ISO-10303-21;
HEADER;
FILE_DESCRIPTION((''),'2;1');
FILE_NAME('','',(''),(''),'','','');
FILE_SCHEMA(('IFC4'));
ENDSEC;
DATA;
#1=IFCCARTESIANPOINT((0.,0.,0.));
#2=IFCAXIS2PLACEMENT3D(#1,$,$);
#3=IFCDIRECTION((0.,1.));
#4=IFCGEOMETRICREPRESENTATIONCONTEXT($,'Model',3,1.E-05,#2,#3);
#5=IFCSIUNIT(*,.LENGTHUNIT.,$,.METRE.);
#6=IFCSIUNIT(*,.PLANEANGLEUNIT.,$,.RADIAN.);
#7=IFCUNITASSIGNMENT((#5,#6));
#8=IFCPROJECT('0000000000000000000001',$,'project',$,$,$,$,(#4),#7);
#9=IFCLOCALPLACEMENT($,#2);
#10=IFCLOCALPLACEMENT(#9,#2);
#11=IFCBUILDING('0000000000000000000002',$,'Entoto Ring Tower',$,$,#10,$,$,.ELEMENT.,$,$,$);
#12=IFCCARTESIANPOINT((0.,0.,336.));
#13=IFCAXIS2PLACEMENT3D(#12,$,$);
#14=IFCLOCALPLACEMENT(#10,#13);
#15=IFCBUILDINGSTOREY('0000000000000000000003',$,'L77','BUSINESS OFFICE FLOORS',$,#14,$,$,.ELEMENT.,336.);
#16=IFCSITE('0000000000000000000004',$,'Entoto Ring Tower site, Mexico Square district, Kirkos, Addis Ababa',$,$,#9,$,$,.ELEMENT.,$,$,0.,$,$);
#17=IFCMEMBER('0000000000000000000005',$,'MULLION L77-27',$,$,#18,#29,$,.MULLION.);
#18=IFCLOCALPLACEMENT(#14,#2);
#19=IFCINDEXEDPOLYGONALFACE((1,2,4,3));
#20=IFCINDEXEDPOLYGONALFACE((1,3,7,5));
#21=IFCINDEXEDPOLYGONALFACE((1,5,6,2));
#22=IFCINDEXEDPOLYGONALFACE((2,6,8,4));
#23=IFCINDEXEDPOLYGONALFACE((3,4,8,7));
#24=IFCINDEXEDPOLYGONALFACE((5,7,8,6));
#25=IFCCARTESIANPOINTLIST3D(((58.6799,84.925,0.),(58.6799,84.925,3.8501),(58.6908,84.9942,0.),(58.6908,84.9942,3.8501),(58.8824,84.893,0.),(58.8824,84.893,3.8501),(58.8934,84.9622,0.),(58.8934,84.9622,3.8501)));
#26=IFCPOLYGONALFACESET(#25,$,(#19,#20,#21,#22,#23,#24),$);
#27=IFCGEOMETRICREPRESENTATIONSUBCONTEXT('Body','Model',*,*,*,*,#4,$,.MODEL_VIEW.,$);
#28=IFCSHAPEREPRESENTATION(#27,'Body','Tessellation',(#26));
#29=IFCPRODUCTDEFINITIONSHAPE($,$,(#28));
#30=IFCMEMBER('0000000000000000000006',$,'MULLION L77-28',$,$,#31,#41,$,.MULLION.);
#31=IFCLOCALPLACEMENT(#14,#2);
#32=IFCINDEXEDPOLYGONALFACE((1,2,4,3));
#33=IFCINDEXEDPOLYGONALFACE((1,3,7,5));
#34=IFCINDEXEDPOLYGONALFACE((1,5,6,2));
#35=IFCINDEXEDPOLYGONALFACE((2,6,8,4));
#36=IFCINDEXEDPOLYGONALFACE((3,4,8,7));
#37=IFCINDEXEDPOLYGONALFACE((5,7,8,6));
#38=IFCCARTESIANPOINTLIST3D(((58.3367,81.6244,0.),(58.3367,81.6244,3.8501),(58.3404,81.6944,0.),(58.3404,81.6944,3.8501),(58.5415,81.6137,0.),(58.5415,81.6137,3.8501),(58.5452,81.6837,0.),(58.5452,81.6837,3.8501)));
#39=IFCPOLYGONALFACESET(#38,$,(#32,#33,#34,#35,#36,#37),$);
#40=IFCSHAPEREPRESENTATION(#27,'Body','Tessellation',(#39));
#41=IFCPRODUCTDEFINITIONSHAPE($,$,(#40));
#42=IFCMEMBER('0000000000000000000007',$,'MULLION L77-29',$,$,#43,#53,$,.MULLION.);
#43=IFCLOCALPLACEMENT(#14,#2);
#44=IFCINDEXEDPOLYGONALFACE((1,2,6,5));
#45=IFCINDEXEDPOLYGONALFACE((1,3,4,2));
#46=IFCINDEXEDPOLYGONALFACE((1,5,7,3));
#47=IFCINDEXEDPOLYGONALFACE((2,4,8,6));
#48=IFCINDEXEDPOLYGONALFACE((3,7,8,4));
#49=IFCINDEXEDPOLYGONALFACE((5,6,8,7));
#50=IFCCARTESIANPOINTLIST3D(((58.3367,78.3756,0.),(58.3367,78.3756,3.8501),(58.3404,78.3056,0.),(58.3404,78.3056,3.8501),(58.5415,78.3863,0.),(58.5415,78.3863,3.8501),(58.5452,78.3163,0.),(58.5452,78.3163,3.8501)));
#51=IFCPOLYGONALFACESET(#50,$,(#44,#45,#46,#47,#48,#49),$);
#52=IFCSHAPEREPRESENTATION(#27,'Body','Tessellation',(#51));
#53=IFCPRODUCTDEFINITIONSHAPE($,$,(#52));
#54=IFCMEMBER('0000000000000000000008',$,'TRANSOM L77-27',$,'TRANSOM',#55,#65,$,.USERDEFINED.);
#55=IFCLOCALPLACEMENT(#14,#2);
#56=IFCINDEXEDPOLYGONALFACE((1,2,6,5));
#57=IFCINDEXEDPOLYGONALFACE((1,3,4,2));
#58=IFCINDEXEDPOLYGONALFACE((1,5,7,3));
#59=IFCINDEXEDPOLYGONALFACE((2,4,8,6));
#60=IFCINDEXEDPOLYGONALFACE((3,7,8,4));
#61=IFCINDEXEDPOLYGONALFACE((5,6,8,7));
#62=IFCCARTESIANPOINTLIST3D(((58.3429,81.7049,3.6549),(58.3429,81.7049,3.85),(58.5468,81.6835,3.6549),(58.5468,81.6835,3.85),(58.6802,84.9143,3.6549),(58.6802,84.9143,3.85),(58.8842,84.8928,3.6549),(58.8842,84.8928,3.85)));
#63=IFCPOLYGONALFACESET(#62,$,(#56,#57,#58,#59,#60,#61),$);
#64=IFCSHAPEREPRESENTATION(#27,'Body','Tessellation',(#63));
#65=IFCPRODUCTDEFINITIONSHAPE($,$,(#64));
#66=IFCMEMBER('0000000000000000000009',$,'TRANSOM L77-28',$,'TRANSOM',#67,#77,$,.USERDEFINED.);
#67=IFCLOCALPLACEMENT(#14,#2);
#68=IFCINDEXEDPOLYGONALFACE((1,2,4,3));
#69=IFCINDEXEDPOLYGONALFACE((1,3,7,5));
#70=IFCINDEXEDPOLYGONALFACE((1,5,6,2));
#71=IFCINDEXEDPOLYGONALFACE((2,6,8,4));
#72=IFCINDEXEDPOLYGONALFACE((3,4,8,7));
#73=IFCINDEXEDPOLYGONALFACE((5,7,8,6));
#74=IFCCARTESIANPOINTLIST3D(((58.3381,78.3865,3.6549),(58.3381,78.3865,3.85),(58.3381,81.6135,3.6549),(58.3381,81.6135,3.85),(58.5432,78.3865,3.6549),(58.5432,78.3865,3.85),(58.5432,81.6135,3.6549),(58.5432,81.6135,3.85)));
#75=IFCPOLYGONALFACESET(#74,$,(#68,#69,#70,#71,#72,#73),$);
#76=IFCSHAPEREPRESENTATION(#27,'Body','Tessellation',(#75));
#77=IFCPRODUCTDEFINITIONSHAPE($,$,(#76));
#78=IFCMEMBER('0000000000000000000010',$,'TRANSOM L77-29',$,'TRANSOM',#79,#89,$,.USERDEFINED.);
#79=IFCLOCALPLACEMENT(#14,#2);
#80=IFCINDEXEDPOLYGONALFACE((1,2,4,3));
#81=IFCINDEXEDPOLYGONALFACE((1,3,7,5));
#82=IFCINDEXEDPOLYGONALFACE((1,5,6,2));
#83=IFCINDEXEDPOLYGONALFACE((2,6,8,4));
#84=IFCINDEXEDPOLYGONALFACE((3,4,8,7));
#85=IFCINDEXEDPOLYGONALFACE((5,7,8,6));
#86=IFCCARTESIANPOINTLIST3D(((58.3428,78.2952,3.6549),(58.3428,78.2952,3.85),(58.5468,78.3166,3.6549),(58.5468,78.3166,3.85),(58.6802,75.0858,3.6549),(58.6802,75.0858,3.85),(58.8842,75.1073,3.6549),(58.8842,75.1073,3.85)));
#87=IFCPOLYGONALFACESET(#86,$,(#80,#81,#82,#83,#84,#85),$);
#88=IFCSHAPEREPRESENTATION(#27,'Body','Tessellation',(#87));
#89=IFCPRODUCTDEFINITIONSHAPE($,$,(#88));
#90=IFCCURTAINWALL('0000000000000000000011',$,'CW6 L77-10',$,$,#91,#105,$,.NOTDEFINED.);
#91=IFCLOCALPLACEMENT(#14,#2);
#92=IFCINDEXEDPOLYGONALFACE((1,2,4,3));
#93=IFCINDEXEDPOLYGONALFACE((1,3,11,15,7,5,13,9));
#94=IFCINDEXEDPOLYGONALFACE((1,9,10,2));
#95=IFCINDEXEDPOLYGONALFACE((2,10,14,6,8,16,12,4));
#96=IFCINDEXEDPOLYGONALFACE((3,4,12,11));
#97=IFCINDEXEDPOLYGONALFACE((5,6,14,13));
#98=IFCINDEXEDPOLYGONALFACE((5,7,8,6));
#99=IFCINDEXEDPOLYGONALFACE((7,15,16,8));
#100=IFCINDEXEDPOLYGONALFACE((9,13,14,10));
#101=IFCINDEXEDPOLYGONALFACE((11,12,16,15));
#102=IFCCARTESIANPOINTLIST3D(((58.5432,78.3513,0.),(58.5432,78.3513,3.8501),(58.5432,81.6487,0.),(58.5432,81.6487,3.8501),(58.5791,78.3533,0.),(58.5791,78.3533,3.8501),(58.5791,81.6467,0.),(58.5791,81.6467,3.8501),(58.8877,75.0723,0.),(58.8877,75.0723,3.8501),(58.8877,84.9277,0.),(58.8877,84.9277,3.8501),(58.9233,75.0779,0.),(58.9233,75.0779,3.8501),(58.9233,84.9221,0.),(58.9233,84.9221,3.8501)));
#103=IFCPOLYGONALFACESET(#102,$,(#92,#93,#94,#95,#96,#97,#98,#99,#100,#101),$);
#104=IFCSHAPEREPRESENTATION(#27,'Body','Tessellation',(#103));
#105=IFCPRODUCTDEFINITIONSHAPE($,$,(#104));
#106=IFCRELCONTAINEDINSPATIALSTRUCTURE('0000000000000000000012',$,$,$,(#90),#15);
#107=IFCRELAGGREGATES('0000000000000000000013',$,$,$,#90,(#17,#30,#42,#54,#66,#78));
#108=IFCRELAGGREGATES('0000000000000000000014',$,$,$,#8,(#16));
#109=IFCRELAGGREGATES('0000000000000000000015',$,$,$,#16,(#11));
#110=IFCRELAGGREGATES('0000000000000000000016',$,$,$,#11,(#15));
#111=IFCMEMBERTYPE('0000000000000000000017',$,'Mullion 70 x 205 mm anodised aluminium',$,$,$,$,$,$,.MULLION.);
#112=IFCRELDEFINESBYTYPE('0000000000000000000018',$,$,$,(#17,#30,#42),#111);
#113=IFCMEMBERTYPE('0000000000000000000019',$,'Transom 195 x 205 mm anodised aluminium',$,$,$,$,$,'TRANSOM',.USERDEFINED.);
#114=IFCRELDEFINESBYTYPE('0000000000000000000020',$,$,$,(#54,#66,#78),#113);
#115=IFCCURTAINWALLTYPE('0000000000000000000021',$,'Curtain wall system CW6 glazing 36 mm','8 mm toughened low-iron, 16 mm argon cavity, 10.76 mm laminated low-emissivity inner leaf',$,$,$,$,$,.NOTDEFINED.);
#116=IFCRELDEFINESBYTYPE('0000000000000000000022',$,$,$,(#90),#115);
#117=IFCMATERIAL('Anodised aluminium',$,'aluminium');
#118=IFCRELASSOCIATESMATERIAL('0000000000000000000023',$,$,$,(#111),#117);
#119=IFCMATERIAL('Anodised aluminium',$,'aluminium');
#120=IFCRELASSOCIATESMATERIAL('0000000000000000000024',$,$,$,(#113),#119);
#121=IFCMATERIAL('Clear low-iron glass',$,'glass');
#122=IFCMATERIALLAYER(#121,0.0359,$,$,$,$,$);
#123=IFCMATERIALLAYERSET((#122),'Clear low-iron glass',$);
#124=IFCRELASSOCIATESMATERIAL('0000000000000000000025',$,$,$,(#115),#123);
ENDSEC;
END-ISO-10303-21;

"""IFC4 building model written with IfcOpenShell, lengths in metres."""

from ifc_helpers import new_model, si_unit, direction, frame, origin, origin_2d, place, context, subcontext, project, spatial, polyline, rectangle, outline, extrude, material, layer, layer_set, material_profile, profile_set, type_object, element, aggregate, save


model = new_model("IFC4")

# Units and contexts
model_context = context("Model", 3, precision=1e-05, world=origin(), true_north=direction((0.0, 1.0)))
body_context = subcontext(model_context, "Body", "Model", "MODEL_VIEW")
ifc_project = project(units=[si_unit("LENGTHUNIT", "METRE"), si_unit("PLANEANGLEUNIT", "RADIAN")], contexts=[model_context])

# Members
ifc_material_1 = material(Name="Anodised aluminium", Category="aluminium")
ifc_material_profile_1 = material_profile(ifc_material_1, rectangle(XDim=0.0701, YDim=0.2051, at=origin_2d()), Name="Mullion 70 x 205 mm anodised aluminium")
ifc_profile_set_1 = profile_set([ifc_material_profile_1], Name="Anodised aluminium")
member_type_1 = type_object("IfcMemberType", Name="Mullion 70 x 205 mm anodised aluminium", PredefinedType="MULLION", material=ifc_profile_set_1)
site_placement = place(None, origin())
building_placement = place(site_placement, origin())
storey_placement = place(building_placement, frame((0.0, 0.0, 336.0)))
member_1_placement = place(storey_placement, frame((58.7866, 84.9436, 0.0), z_axis=(0.0, 0.0, 1.0), x_axis=(-0.156434, -0.987688, 0.0)))
member_1 = element("IfcMember", 1, at=member_1_placement, type_object=member_type_1, Name="MULLION L77-27", PredefinedType="MULLION", context=body_context, shape_type="SweptSolid", body=[
    extrude(rectangle(XDim=0.0701, YDim=0.2051, at=origin_2d()), origin(), (0.0, 0.0, 1.0), 3.8501),
])
member_2_placement = place(storey_placement, frame((58.4409, 81.6541, 0.0), z_axis=(0.0, 0.0, 1.0), x_axis=(-0.052336, -0.99863, 0.0)))
member_2 = element("IfcMember", 2, at=member_2_placement, type_object=member_type_1, Name="MULLION L77-28", PredefinedType="MULLION", context=body_context, shape_type="SweptSolid", body=[
    extrude(rectangle(XDim=0.0701, YDim=0.2051, at=origin_2d()), origin(), (0.0, 0.0, 1.0), 3.8501),
])
member_3_placement = place(storey_placement, frame((58.4409, 78.3459, 0.0), z_axis=(0.0, 0.0, 1.0), x_axis=(0.052336, -0.99863, 0.0)))
member_3 = element("IfcMember", 3, at=member_3_placement, type_object=member_type_1, Name="MULLION L77-29", PredefinedType="MULLION", context=body_context, shape_type="SweptSolid", body=[
    extrude(rectangle(XDim=0.0701, YDim=0.2051, at=origin_2d()), origin(), (0.0, 0.0, 1.0), 3.8501),
])
ifc_material_2 = material(Name="Anodised aluminium", Category="aluminium")
ifc_material_profile_2 = material_profile(ifc_material_2, rectangle(XDim=0.2051, YDim=0.1951, at=origin_2d()), Name="Transom 195 x 205 mm anodised aluminium")
ifc_profile_set_2 = profile_set([ifc_material_profile_2], Name="Anodised aluminium")
member_type_2 = type_object("IfcMemberType", Name="Transom 195 x 205 mm anodised aluminium", ElementType="TRANSOM", PredefinedType="USERDEFINED", material=ifc_profile_set_2)
member_4_placement = place(storey_placement, frame((58.7822, 84.9036, 3.7524), z_axis=(-0.104551, -0.99452, 0.0), x_axis=(0.99452, -0.104551, 0.0)))
member_4 = element("IfcMember", 4, at=member_4_placement, type_object=member_type_2, Name="TRANSOM L77-27", ObjectType="TRANSOM", PredefinedType="USERDEFINED", context=body_context, shape_type="SweptSolid", body=[
    extrude(rectangle(XDim=0.2051, YDim=0.1951, at=origin_2d()), origin(), (0.0, 0.0, 1.0), 3.2271),
])
member_5_placement = place(storey_placement, frame((58.4407, 81.6135, 3.7524), z_axis=(0.0, -1.0, 0.0), x_axis=(1.0, 0.0, 0.0)))
member_5 = element("IfcMember", 5, at=member_5_placement, type_object=member_type_2, Name="TRANSOM L77-28", ObjectType="TRANSOM", PredefinedType="USERDEFINED", context=body_context, shape_type="SweptSolid", body=[
    extrude(rectangle(XDim=0.2051, YDim=0.1951, at=origin_2d()), origin(), (0.0, 0.0, 1.0), 3.2271),
])
member_6_placement = place(storey_placement, frame((58.4448, 78.3059, 3.7524), z_axis=(0.104551, -0.99452, 0.0), x_axis=(0.99452, 0.104551, 0.0)))
member_6 = element("IfcMember", 6, at=member_6_placement, type_object=member_type_2, Name="TRANSOM L77-29", ObjectType="TRANSOM", PredefinedType="USERDEFINED", context=body_context, shape_type="SweptSolid", body=[
    extrude(rectangle(XDim=0.2051, YDim=0.1951, at=origin_2d()), origin(), (0.0, 0.0, 1.0), 3.2271),
])

# Site, building, storey
site = spatial("IfcSite", under=ifc_project, at=site_placement, Name="Entoto Ring Tower site, Mexico Square district, Kirkos, Addis Ababa", CompositionType="ELEMENT", RefElevation=0.0)
building = spatial("IfcBuilding", under=site, at=building_placement, Name="Entoto Ring Tower", CompositionType="ELEMENT")
storey = spatial("IfcBuildingStorey", under=building, at=storey_placement, Name="L77", Description="BUSINESS OFFICE FLOORS", CompositionType="ELEMENT", Elevation=336.0)

# Curtain wall
ifc_material_3 = material(Name="Clear low-iron glass", Category="glass")
ifc_layer = layer(ifc_material_3, 0.0359)
ifc_layer_set = layer_set([ifc_layer], Name="Clear low-iron glass")
curtain_wall_type = type_object("IfcCurtainWallType", Name="Curtain wall system CW6 glazing 36 mm", Description="8 mm toughened low-iron, 16 mm argon cavity, 10.76 mm laminated low-emissivity inner leaf", PredefinedType="NOTDEFINED", material=ifc_layer_set)
curtain_wall_1_placement = place(storey_placement, origin())
curtain_wall_1 = element("IfcCurtainWall", 7, at=curtain_wall_1_placement, inside=storey, type_object=curtain_wall_type, Name="CW6 L77-10", PredefinedType="NOTDEFINED", context=body_context, shape_type="SweptSolid", body=[
    extrude(outline(polyline([(58.8877, 84.9277), (58.5432, 81.6487), (58.5432, 78.3513), (58.8877, 75.0723), (58.9233, 75.0779), (58.5791, 78.3533), (58.5791, 81.6467), (58.9233, 84.9221), (58.8877, 84.9277)])), origin(), (0.0, 0.0, 1.0), 3.8501),
])
aggregate(curtain_wall_1, [member_1, member_2, member_3, member_4, member_5, member_6])

save(model, "model.ifc")
